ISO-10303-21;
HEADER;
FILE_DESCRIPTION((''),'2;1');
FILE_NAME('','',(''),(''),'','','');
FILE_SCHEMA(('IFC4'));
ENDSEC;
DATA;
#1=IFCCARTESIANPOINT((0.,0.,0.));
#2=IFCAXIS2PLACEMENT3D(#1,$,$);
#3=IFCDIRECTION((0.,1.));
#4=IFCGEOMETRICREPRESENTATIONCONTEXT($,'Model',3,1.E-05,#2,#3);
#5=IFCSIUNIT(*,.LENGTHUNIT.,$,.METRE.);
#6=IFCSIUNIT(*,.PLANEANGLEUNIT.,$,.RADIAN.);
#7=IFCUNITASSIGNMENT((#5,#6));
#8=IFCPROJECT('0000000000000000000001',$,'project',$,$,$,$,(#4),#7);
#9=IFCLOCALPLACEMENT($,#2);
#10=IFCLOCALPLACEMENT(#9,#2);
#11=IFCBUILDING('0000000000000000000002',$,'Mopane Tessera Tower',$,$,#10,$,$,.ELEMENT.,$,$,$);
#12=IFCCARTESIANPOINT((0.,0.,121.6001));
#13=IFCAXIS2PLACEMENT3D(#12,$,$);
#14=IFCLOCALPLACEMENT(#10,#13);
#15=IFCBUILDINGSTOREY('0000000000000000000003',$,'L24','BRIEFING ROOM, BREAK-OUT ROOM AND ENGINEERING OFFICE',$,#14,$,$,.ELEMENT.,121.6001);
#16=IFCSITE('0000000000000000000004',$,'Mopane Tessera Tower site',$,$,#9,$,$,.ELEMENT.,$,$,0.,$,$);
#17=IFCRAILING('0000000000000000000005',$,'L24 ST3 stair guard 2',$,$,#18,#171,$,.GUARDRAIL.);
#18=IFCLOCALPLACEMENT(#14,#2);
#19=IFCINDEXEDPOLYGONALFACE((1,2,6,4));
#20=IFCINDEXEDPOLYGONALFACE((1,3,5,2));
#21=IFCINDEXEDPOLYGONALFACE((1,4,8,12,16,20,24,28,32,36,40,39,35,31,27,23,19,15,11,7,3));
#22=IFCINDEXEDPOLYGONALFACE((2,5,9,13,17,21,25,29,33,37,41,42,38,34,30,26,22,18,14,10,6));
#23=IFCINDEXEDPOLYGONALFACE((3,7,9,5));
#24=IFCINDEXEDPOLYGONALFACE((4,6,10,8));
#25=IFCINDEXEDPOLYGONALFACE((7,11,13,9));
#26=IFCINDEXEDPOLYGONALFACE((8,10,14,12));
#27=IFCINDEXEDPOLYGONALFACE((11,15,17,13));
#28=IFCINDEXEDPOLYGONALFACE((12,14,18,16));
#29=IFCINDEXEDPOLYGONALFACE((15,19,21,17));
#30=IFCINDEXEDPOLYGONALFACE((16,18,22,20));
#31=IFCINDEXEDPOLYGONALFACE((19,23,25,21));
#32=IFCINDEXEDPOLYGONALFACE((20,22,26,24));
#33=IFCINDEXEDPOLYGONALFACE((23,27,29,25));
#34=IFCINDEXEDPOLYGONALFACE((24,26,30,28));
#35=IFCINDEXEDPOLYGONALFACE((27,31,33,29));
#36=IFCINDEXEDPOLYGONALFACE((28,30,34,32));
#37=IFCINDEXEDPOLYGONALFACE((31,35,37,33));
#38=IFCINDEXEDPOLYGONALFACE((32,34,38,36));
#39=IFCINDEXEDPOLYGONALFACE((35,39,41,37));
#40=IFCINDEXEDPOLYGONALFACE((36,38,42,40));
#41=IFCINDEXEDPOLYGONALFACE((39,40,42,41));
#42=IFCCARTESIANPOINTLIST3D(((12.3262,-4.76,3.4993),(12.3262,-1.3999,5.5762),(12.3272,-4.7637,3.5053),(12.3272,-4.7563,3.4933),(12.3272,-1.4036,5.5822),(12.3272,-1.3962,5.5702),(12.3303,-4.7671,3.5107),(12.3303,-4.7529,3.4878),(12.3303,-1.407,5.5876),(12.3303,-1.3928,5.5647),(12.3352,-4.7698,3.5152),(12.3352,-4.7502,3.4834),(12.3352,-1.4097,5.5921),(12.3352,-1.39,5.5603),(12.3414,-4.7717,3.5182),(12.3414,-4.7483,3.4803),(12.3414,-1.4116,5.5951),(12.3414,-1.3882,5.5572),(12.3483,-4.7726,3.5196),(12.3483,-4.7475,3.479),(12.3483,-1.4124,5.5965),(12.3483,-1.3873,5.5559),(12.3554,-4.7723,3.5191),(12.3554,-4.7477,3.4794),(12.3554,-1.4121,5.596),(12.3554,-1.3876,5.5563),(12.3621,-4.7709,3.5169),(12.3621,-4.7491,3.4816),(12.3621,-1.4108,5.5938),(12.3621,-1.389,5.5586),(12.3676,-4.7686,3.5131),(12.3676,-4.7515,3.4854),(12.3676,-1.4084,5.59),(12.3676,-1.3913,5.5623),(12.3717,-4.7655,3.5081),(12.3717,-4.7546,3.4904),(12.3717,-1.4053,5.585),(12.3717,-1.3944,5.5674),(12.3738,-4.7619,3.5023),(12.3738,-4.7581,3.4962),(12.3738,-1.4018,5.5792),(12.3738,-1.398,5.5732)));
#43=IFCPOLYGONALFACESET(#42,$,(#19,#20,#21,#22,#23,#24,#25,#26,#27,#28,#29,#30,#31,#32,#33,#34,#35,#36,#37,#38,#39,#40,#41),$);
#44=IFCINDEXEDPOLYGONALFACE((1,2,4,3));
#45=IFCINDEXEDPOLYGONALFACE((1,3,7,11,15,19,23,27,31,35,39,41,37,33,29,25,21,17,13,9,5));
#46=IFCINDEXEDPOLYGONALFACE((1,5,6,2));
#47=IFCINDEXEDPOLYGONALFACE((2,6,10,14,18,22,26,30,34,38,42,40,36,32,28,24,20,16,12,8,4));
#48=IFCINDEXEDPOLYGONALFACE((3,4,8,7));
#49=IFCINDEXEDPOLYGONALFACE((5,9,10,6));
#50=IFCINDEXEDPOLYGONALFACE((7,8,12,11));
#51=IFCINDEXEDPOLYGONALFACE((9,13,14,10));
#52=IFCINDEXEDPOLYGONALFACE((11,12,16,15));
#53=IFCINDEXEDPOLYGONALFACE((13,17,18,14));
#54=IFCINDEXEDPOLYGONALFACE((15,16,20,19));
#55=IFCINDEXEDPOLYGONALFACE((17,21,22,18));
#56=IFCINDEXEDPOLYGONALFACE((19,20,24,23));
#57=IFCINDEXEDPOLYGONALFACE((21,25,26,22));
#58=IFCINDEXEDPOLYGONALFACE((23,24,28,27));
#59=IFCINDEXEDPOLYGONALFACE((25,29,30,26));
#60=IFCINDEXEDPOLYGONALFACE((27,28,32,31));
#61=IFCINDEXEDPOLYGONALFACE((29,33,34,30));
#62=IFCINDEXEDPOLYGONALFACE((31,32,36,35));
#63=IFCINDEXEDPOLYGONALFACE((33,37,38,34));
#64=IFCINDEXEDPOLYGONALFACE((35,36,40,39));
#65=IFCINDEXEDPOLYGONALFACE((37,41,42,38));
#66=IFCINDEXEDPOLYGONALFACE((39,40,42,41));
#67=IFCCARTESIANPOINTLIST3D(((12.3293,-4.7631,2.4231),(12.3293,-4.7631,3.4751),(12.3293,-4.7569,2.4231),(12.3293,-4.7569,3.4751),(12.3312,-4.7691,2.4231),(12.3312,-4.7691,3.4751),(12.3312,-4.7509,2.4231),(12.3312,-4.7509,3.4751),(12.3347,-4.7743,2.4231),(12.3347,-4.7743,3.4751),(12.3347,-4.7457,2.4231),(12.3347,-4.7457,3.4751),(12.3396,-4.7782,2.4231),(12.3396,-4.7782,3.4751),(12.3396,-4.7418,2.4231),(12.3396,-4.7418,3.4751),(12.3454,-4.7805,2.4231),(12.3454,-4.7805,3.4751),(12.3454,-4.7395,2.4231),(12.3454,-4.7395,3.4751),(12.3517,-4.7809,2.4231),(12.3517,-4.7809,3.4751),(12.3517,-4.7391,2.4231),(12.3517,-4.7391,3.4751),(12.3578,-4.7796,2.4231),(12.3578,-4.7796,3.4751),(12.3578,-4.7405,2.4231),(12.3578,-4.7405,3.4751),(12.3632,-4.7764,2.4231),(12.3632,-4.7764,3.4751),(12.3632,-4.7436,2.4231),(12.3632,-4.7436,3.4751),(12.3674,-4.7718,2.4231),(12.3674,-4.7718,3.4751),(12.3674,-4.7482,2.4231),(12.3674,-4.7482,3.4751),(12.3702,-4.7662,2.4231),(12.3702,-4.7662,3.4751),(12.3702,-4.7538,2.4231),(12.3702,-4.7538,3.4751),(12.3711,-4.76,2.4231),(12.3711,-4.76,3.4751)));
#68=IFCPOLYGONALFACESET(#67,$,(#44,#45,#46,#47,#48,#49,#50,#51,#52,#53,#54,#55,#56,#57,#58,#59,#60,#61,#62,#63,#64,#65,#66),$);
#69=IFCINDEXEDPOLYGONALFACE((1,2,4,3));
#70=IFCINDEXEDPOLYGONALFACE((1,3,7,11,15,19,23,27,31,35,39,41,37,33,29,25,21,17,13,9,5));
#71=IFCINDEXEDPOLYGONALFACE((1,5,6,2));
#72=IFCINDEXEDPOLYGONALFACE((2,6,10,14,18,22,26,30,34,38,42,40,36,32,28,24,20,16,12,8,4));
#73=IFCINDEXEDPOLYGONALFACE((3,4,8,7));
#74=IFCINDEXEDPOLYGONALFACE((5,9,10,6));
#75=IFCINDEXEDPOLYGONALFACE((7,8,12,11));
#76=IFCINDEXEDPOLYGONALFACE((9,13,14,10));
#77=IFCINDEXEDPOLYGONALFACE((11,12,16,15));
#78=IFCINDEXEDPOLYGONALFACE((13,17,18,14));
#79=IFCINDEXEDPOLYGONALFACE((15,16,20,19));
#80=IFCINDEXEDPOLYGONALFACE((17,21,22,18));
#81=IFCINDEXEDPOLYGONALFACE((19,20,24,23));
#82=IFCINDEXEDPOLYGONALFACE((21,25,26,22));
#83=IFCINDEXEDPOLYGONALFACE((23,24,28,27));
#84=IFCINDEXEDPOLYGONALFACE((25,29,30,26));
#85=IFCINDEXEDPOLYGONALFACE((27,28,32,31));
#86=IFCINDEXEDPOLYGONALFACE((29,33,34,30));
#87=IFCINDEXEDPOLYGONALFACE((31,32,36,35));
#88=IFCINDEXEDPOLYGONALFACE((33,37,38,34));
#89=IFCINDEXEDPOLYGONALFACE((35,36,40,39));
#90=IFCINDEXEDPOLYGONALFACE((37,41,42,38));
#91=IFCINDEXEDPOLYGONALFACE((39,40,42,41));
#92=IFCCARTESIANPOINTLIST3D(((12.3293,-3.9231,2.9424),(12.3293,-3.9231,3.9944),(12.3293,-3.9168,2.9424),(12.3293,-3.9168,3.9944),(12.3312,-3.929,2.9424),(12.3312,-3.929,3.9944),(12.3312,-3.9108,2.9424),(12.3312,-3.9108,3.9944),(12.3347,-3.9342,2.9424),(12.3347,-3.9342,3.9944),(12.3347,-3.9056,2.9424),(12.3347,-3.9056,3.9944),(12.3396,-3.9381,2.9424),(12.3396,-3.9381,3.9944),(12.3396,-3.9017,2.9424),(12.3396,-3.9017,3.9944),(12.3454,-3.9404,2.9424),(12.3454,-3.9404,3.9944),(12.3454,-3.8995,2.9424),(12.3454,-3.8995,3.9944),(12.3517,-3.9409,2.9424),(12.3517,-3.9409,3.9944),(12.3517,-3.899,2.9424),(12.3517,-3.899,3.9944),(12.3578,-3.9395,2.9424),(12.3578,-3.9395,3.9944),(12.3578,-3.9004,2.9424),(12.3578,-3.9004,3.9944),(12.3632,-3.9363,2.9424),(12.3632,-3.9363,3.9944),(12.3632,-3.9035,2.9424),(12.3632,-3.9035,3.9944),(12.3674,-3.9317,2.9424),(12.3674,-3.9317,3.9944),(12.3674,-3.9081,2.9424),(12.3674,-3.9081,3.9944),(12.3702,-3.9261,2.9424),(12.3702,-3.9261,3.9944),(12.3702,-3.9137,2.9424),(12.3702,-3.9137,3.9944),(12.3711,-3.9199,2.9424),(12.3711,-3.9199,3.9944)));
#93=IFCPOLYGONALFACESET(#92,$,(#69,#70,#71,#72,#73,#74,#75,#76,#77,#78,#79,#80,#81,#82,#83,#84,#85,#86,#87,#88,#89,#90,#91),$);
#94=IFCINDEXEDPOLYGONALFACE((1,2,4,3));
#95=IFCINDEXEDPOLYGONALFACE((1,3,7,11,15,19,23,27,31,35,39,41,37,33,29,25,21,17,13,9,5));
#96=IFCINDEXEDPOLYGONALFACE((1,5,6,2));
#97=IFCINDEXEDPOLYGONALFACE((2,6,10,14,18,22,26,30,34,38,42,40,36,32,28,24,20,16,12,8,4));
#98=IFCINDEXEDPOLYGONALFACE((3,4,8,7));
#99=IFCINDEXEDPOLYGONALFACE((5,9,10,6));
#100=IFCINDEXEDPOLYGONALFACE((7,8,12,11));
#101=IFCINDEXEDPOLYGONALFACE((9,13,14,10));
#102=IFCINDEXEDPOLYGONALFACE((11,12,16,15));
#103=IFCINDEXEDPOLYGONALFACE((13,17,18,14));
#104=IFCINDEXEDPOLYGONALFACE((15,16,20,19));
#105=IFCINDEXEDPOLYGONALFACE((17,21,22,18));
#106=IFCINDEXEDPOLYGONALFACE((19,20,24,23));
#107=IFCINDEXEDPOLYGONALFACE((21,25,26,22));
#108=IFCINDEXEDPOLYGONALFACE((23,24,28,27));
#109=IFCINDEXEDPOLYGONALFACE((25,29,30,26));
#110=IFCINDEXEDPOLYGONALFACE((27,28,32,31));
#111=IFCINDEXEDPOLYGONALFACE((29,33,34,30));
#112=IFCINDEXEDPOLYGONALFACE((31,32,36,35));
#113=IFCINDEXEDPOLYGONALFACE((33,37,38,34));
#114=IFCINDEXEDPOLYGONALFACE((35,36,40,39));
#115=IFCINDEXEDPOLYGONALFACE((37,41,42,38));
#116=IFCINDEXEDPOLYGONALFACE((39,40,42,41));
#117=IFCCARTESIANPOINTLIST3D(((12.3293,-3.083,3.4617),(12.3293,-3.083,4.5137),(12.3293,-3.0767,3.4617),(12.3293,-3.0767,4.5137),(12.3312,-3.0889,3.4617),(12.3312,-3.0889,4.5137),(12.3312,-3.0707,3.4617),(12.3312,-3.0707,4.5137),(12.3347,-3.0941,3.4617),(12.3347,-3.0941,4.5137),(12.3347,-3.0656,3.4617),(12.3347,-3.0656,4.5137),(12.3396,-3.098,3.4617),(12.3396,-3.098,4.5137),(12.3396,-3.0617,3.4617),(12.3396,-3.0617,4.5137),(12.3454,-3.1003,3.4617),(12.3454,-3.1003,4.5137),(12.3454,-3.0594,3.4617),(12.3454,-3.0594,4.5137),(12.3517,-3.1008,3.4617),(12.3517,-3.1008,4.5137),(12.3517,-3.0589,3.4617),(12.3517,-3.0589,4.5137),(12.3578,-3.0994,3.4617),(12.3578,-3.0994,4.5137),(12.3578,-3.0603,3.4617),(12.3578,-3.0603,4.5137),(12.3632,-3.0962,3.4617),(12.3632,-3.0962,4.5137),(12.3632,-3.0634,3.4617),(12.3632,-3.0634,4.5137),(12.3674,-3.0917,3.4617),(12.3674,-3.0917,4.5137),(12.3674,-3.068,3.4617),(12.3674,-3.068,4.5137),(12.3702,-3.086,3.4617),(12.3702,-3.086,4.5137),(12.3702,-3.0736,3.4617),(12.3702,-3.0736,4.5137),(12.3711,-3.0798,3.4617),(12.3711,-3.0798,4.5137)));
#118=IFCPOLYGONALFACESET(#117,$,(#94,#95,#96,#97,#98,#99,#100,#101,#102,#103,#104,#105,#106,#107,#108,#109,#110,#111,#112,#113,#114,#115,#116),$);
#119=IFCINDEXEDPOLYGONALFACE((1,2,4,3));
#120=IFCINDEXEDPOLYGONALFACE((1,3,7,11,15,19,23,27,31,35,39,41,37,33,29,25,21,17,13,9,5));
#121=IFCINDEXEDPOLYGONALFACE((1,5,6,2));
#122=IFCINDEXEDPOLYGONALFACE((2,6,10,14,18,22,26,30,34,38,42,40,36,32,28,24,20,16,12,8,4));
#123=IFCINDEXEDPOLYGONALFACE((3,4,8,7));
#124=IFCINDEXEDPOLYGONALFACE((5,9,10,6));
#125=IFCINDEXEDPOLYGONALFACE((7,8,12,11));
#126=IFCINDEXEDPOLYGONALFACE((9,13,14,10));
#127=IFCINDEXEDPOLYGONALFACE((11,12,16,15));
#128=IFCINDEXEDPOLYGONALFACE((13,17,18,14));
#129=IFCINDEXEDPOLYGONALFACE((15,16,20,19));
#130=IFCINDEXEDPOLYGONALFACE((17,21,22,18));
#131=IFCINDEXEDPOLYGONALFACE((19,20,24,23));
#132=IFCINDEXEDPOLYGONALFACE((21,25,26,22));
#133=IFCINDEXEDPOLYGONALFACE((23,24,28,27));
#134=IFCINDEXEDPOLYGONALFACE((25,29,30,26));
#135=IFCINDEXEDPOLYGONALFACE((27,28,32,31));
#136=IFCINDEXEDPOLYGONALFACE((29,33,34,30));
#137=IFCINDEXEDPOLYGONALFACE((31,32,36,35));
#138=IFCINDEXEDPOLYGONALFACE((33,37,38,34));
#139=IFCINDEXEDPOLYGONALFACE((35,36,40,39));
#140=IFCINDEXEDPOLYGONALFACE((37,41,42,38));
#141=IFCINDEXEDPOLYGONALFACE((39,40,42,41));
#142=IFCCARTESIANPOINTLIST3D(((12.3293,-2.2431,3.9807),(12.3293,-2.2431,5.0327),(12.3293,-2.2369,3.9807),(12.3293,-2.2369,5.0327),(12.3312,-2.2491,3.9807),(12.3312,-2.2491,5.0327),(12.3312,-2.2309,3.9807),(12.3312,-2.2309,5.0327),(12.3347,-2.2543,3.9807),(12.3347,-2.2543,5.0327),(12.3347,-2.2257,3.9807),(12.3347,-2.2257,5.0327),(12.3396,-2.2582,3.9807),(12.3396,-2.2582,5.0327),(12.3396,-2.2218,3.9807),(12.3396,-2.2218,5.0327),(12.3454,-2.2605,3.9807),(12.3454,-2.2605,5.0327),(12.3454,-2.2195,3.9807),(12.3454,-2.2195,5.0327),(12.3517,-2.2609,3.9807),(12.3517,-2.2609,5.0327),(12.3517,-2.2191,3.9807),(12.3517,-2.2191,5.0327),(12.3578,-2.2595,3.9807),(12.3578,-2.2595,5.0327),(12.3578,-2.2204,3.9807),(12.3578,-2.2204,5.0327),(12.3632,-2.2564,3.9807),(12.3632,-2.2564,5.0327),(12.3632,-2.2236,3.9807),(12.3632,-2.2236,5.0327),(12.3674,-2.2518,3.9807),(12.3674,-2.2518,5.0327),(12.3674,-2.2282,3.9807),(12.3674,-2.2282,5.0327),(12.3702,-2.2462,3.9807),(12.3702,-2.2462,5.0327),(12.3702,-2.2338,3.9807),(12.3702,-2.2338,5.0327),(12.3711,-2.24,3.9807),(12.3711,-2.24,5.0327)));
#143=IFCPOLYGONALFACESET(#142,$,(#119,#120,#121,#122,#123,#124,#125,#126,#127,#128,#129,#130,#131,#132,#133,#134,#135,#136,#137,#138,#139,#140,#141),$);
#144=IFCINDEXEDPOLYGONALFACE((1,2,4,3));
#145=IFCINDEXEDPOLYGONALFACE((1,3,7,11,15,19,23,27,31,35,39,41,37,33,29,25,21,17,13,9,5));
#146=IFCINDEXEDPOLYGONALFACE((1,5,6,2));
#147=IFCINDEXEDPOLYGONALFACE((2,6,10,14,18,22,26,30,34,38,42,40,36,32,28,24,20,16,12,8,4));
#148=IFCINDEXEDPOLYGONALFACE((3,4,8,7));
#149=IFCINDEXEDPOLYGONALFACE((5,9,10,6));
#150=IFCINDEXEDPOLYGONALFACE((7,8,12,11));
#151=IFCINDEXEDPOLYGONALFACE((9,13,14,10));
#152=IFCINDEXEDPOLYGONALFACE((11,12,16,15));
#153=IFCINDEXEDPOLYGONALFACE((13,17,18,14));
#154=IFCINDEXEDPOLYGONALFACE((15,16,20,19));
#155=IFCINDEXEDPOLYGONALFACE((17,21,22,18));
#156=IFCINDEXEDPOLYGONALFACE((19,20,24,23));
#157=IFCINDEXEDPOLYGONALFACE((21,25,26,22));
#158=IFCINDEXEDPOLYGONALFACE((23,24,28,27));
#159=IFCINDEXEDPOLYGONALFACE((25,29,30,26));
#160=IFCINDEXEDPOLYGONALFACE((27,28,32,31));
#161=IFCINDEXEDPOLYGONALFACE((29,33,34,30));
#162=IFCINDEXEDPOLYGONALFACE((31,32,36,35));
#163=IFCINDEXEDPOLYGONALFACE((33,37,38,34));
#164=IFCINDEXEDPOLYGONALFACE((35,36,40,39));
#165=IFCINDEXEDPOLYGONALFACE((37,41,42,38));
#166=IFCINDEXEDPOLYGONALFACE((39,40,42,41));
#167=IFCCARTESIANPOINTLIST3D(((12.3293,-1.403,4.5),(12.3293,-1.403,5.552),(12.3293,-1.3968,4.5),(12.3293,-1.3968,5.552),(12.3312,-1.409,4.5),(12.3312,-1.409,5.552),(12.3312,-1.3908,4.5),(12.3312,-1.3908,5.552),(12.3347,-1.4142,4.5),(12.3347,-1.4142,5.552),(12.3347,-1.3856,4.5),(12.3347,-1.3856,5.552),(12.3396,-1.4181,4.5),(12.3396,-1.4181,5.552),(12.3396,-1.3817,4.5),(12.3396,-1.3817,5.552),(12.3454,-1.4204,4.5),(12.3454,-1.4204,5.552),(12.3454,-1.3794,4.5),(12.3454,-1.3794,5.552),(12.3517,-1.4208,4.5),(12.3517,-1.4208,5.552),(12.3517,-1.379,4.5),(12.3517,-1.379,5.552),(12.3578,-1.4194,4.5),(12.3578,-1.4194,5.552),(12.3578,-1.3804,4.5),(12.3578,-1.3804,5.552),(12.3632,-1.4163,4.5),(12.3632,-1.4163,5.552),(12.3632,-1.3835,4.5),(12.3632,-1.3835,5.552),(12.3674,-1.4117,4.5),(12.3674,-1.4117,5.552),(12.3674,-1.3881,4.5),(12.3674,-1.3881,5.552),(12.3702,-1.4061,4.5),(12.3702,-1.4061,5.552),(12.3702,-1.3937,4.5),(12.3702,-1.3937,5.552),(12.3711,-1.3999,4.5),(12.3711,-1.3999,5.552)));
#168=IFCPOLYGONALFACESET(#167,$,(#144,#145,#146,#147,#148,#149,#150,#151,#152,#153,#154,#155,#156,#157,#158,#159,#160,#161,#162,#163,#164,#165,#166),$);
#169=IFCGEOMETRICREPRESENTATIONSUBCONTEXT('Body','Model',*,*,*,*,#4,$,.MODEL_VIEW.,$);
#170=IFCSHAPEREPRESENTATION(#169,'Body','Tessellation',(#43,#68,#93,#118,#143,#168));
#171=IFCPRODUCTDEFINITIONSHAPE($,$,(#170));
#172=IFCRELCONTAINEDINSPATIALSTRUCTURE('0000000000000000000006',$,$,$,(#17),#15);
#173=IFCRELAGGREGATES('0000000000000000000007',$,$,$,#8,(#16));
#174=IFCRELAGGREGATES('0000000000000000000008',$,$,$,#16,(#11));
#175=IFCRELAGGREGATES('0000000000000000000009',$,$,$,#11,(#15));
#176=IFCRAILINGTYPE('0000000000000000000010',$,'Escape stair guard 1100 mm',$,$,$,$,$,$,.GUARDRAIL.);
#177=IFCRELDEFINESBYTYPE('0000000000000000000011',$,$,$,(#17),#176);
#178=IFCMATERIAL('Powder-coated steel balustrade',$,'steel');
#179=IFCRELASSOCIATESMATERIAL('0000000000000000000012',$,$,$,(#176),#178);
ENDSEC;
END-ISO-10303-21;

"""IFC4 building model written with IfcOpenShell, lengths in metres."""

from ifc_helpers import new_model, si_unit, direction, frame, origin, origin_2d, place, context, subcontext, project, spatial, circle, extrude, material, type_object, element, save


model = new_model("IFC4")

# Units and contexts
model_context = context("Model", 3, precision=1e-05, world=origin(), true_north=direction((0.0, 1.0)))
body_context = subcontext(model_context, "Body", "Model", "MODEL_VIEW")
ifc_project = project(units=[si_unit("LENGTHUNIT", "METRE"), si_unit("PLANEANGLEUNIT", "RADIAN")], contexts=[model_context])

# Site, building, storey
site_placement = place(None, origin())
site = spatial("IfcSite", under=ifc_project, at=site_placement, Name="Mopane Tessera Tower site", CompositionType="ELEMENT", RefElevation=0.0)
building_placement = place(site_placement, origin())
building = spatial("IfcBuilding", under=site, at=building_placement, Name="Mopane Tessera Tower", CompositionType="ELEMENT")
storey_placement = place(building_placement, frame((0.0, 0.0, 121.6001)))
storey = spatial("IfcBuildingStorey", under=building, at=storey_placement, Name="L24", Description="BRIEFING ROOM, BREAK-OUT ROOM AND ENGINEERING OFFICE", CompositionType="ELEMENT", Elevation=121.6001)

# Railing
ifc_material_1 = material(Name="Powder-coated steel balustrade", Category="steel")
railing_type_1 = type_object("IfcRailingType", Name="Escape stair guard 1100 mm", PredefinedType="GUARDRAIL", material=ifc_material_1)
railing_1_placement = place(storey_placement, frame((12.3501, -4.76, 2.4231)))
element("IfcRailing", 1, at=railing_1_placement, inside=storey, type_object=railing_type_1, Name="L24 ST3 stair guard 2", PredefinedType="GUARDRAIL", context=body_context, shape_type="SweptSolid", body=[
    extrude(circle(Radius=0.0239, at=origin_2d()), frame((0.0, 0.0, 1.0762), z_axis=(0.0, 0.850623, 0.525776), x_axis=(-1.0, 0.0, 0.0)), (0.0, 0.0, 1.0), 3.9502),
    extrude(circle(Radius=0.021, at=origin_2d()), origin(), (0.0, 0.0, 1.0), 1.052),
    extrude(circle(Radius=0.021, at=origin_2d()), frame((0.0, 0.8401, 0.5193)), (0.0, 0.0, 1.0), 1.052),
    extrude(circle(Radius=0.021, at=origin_2d()), frame((0.0, 1.6802, 1.0386)), (0.0, 0.0, 1.0), 1.052),
    extrude(circle(Radius=0.021, at=origin_2d()), frame((0.0, 2.52, 1.5576)), (0.0, 0.0, 1.0), 1.052),
    extrude(circle(Radius=0.021, at=origin_2d()), frame((0.0, 3.3601, 2.0769)), (0.0, 0.0, 1.0), 1.052),
])

save(model, "model.ifc")
